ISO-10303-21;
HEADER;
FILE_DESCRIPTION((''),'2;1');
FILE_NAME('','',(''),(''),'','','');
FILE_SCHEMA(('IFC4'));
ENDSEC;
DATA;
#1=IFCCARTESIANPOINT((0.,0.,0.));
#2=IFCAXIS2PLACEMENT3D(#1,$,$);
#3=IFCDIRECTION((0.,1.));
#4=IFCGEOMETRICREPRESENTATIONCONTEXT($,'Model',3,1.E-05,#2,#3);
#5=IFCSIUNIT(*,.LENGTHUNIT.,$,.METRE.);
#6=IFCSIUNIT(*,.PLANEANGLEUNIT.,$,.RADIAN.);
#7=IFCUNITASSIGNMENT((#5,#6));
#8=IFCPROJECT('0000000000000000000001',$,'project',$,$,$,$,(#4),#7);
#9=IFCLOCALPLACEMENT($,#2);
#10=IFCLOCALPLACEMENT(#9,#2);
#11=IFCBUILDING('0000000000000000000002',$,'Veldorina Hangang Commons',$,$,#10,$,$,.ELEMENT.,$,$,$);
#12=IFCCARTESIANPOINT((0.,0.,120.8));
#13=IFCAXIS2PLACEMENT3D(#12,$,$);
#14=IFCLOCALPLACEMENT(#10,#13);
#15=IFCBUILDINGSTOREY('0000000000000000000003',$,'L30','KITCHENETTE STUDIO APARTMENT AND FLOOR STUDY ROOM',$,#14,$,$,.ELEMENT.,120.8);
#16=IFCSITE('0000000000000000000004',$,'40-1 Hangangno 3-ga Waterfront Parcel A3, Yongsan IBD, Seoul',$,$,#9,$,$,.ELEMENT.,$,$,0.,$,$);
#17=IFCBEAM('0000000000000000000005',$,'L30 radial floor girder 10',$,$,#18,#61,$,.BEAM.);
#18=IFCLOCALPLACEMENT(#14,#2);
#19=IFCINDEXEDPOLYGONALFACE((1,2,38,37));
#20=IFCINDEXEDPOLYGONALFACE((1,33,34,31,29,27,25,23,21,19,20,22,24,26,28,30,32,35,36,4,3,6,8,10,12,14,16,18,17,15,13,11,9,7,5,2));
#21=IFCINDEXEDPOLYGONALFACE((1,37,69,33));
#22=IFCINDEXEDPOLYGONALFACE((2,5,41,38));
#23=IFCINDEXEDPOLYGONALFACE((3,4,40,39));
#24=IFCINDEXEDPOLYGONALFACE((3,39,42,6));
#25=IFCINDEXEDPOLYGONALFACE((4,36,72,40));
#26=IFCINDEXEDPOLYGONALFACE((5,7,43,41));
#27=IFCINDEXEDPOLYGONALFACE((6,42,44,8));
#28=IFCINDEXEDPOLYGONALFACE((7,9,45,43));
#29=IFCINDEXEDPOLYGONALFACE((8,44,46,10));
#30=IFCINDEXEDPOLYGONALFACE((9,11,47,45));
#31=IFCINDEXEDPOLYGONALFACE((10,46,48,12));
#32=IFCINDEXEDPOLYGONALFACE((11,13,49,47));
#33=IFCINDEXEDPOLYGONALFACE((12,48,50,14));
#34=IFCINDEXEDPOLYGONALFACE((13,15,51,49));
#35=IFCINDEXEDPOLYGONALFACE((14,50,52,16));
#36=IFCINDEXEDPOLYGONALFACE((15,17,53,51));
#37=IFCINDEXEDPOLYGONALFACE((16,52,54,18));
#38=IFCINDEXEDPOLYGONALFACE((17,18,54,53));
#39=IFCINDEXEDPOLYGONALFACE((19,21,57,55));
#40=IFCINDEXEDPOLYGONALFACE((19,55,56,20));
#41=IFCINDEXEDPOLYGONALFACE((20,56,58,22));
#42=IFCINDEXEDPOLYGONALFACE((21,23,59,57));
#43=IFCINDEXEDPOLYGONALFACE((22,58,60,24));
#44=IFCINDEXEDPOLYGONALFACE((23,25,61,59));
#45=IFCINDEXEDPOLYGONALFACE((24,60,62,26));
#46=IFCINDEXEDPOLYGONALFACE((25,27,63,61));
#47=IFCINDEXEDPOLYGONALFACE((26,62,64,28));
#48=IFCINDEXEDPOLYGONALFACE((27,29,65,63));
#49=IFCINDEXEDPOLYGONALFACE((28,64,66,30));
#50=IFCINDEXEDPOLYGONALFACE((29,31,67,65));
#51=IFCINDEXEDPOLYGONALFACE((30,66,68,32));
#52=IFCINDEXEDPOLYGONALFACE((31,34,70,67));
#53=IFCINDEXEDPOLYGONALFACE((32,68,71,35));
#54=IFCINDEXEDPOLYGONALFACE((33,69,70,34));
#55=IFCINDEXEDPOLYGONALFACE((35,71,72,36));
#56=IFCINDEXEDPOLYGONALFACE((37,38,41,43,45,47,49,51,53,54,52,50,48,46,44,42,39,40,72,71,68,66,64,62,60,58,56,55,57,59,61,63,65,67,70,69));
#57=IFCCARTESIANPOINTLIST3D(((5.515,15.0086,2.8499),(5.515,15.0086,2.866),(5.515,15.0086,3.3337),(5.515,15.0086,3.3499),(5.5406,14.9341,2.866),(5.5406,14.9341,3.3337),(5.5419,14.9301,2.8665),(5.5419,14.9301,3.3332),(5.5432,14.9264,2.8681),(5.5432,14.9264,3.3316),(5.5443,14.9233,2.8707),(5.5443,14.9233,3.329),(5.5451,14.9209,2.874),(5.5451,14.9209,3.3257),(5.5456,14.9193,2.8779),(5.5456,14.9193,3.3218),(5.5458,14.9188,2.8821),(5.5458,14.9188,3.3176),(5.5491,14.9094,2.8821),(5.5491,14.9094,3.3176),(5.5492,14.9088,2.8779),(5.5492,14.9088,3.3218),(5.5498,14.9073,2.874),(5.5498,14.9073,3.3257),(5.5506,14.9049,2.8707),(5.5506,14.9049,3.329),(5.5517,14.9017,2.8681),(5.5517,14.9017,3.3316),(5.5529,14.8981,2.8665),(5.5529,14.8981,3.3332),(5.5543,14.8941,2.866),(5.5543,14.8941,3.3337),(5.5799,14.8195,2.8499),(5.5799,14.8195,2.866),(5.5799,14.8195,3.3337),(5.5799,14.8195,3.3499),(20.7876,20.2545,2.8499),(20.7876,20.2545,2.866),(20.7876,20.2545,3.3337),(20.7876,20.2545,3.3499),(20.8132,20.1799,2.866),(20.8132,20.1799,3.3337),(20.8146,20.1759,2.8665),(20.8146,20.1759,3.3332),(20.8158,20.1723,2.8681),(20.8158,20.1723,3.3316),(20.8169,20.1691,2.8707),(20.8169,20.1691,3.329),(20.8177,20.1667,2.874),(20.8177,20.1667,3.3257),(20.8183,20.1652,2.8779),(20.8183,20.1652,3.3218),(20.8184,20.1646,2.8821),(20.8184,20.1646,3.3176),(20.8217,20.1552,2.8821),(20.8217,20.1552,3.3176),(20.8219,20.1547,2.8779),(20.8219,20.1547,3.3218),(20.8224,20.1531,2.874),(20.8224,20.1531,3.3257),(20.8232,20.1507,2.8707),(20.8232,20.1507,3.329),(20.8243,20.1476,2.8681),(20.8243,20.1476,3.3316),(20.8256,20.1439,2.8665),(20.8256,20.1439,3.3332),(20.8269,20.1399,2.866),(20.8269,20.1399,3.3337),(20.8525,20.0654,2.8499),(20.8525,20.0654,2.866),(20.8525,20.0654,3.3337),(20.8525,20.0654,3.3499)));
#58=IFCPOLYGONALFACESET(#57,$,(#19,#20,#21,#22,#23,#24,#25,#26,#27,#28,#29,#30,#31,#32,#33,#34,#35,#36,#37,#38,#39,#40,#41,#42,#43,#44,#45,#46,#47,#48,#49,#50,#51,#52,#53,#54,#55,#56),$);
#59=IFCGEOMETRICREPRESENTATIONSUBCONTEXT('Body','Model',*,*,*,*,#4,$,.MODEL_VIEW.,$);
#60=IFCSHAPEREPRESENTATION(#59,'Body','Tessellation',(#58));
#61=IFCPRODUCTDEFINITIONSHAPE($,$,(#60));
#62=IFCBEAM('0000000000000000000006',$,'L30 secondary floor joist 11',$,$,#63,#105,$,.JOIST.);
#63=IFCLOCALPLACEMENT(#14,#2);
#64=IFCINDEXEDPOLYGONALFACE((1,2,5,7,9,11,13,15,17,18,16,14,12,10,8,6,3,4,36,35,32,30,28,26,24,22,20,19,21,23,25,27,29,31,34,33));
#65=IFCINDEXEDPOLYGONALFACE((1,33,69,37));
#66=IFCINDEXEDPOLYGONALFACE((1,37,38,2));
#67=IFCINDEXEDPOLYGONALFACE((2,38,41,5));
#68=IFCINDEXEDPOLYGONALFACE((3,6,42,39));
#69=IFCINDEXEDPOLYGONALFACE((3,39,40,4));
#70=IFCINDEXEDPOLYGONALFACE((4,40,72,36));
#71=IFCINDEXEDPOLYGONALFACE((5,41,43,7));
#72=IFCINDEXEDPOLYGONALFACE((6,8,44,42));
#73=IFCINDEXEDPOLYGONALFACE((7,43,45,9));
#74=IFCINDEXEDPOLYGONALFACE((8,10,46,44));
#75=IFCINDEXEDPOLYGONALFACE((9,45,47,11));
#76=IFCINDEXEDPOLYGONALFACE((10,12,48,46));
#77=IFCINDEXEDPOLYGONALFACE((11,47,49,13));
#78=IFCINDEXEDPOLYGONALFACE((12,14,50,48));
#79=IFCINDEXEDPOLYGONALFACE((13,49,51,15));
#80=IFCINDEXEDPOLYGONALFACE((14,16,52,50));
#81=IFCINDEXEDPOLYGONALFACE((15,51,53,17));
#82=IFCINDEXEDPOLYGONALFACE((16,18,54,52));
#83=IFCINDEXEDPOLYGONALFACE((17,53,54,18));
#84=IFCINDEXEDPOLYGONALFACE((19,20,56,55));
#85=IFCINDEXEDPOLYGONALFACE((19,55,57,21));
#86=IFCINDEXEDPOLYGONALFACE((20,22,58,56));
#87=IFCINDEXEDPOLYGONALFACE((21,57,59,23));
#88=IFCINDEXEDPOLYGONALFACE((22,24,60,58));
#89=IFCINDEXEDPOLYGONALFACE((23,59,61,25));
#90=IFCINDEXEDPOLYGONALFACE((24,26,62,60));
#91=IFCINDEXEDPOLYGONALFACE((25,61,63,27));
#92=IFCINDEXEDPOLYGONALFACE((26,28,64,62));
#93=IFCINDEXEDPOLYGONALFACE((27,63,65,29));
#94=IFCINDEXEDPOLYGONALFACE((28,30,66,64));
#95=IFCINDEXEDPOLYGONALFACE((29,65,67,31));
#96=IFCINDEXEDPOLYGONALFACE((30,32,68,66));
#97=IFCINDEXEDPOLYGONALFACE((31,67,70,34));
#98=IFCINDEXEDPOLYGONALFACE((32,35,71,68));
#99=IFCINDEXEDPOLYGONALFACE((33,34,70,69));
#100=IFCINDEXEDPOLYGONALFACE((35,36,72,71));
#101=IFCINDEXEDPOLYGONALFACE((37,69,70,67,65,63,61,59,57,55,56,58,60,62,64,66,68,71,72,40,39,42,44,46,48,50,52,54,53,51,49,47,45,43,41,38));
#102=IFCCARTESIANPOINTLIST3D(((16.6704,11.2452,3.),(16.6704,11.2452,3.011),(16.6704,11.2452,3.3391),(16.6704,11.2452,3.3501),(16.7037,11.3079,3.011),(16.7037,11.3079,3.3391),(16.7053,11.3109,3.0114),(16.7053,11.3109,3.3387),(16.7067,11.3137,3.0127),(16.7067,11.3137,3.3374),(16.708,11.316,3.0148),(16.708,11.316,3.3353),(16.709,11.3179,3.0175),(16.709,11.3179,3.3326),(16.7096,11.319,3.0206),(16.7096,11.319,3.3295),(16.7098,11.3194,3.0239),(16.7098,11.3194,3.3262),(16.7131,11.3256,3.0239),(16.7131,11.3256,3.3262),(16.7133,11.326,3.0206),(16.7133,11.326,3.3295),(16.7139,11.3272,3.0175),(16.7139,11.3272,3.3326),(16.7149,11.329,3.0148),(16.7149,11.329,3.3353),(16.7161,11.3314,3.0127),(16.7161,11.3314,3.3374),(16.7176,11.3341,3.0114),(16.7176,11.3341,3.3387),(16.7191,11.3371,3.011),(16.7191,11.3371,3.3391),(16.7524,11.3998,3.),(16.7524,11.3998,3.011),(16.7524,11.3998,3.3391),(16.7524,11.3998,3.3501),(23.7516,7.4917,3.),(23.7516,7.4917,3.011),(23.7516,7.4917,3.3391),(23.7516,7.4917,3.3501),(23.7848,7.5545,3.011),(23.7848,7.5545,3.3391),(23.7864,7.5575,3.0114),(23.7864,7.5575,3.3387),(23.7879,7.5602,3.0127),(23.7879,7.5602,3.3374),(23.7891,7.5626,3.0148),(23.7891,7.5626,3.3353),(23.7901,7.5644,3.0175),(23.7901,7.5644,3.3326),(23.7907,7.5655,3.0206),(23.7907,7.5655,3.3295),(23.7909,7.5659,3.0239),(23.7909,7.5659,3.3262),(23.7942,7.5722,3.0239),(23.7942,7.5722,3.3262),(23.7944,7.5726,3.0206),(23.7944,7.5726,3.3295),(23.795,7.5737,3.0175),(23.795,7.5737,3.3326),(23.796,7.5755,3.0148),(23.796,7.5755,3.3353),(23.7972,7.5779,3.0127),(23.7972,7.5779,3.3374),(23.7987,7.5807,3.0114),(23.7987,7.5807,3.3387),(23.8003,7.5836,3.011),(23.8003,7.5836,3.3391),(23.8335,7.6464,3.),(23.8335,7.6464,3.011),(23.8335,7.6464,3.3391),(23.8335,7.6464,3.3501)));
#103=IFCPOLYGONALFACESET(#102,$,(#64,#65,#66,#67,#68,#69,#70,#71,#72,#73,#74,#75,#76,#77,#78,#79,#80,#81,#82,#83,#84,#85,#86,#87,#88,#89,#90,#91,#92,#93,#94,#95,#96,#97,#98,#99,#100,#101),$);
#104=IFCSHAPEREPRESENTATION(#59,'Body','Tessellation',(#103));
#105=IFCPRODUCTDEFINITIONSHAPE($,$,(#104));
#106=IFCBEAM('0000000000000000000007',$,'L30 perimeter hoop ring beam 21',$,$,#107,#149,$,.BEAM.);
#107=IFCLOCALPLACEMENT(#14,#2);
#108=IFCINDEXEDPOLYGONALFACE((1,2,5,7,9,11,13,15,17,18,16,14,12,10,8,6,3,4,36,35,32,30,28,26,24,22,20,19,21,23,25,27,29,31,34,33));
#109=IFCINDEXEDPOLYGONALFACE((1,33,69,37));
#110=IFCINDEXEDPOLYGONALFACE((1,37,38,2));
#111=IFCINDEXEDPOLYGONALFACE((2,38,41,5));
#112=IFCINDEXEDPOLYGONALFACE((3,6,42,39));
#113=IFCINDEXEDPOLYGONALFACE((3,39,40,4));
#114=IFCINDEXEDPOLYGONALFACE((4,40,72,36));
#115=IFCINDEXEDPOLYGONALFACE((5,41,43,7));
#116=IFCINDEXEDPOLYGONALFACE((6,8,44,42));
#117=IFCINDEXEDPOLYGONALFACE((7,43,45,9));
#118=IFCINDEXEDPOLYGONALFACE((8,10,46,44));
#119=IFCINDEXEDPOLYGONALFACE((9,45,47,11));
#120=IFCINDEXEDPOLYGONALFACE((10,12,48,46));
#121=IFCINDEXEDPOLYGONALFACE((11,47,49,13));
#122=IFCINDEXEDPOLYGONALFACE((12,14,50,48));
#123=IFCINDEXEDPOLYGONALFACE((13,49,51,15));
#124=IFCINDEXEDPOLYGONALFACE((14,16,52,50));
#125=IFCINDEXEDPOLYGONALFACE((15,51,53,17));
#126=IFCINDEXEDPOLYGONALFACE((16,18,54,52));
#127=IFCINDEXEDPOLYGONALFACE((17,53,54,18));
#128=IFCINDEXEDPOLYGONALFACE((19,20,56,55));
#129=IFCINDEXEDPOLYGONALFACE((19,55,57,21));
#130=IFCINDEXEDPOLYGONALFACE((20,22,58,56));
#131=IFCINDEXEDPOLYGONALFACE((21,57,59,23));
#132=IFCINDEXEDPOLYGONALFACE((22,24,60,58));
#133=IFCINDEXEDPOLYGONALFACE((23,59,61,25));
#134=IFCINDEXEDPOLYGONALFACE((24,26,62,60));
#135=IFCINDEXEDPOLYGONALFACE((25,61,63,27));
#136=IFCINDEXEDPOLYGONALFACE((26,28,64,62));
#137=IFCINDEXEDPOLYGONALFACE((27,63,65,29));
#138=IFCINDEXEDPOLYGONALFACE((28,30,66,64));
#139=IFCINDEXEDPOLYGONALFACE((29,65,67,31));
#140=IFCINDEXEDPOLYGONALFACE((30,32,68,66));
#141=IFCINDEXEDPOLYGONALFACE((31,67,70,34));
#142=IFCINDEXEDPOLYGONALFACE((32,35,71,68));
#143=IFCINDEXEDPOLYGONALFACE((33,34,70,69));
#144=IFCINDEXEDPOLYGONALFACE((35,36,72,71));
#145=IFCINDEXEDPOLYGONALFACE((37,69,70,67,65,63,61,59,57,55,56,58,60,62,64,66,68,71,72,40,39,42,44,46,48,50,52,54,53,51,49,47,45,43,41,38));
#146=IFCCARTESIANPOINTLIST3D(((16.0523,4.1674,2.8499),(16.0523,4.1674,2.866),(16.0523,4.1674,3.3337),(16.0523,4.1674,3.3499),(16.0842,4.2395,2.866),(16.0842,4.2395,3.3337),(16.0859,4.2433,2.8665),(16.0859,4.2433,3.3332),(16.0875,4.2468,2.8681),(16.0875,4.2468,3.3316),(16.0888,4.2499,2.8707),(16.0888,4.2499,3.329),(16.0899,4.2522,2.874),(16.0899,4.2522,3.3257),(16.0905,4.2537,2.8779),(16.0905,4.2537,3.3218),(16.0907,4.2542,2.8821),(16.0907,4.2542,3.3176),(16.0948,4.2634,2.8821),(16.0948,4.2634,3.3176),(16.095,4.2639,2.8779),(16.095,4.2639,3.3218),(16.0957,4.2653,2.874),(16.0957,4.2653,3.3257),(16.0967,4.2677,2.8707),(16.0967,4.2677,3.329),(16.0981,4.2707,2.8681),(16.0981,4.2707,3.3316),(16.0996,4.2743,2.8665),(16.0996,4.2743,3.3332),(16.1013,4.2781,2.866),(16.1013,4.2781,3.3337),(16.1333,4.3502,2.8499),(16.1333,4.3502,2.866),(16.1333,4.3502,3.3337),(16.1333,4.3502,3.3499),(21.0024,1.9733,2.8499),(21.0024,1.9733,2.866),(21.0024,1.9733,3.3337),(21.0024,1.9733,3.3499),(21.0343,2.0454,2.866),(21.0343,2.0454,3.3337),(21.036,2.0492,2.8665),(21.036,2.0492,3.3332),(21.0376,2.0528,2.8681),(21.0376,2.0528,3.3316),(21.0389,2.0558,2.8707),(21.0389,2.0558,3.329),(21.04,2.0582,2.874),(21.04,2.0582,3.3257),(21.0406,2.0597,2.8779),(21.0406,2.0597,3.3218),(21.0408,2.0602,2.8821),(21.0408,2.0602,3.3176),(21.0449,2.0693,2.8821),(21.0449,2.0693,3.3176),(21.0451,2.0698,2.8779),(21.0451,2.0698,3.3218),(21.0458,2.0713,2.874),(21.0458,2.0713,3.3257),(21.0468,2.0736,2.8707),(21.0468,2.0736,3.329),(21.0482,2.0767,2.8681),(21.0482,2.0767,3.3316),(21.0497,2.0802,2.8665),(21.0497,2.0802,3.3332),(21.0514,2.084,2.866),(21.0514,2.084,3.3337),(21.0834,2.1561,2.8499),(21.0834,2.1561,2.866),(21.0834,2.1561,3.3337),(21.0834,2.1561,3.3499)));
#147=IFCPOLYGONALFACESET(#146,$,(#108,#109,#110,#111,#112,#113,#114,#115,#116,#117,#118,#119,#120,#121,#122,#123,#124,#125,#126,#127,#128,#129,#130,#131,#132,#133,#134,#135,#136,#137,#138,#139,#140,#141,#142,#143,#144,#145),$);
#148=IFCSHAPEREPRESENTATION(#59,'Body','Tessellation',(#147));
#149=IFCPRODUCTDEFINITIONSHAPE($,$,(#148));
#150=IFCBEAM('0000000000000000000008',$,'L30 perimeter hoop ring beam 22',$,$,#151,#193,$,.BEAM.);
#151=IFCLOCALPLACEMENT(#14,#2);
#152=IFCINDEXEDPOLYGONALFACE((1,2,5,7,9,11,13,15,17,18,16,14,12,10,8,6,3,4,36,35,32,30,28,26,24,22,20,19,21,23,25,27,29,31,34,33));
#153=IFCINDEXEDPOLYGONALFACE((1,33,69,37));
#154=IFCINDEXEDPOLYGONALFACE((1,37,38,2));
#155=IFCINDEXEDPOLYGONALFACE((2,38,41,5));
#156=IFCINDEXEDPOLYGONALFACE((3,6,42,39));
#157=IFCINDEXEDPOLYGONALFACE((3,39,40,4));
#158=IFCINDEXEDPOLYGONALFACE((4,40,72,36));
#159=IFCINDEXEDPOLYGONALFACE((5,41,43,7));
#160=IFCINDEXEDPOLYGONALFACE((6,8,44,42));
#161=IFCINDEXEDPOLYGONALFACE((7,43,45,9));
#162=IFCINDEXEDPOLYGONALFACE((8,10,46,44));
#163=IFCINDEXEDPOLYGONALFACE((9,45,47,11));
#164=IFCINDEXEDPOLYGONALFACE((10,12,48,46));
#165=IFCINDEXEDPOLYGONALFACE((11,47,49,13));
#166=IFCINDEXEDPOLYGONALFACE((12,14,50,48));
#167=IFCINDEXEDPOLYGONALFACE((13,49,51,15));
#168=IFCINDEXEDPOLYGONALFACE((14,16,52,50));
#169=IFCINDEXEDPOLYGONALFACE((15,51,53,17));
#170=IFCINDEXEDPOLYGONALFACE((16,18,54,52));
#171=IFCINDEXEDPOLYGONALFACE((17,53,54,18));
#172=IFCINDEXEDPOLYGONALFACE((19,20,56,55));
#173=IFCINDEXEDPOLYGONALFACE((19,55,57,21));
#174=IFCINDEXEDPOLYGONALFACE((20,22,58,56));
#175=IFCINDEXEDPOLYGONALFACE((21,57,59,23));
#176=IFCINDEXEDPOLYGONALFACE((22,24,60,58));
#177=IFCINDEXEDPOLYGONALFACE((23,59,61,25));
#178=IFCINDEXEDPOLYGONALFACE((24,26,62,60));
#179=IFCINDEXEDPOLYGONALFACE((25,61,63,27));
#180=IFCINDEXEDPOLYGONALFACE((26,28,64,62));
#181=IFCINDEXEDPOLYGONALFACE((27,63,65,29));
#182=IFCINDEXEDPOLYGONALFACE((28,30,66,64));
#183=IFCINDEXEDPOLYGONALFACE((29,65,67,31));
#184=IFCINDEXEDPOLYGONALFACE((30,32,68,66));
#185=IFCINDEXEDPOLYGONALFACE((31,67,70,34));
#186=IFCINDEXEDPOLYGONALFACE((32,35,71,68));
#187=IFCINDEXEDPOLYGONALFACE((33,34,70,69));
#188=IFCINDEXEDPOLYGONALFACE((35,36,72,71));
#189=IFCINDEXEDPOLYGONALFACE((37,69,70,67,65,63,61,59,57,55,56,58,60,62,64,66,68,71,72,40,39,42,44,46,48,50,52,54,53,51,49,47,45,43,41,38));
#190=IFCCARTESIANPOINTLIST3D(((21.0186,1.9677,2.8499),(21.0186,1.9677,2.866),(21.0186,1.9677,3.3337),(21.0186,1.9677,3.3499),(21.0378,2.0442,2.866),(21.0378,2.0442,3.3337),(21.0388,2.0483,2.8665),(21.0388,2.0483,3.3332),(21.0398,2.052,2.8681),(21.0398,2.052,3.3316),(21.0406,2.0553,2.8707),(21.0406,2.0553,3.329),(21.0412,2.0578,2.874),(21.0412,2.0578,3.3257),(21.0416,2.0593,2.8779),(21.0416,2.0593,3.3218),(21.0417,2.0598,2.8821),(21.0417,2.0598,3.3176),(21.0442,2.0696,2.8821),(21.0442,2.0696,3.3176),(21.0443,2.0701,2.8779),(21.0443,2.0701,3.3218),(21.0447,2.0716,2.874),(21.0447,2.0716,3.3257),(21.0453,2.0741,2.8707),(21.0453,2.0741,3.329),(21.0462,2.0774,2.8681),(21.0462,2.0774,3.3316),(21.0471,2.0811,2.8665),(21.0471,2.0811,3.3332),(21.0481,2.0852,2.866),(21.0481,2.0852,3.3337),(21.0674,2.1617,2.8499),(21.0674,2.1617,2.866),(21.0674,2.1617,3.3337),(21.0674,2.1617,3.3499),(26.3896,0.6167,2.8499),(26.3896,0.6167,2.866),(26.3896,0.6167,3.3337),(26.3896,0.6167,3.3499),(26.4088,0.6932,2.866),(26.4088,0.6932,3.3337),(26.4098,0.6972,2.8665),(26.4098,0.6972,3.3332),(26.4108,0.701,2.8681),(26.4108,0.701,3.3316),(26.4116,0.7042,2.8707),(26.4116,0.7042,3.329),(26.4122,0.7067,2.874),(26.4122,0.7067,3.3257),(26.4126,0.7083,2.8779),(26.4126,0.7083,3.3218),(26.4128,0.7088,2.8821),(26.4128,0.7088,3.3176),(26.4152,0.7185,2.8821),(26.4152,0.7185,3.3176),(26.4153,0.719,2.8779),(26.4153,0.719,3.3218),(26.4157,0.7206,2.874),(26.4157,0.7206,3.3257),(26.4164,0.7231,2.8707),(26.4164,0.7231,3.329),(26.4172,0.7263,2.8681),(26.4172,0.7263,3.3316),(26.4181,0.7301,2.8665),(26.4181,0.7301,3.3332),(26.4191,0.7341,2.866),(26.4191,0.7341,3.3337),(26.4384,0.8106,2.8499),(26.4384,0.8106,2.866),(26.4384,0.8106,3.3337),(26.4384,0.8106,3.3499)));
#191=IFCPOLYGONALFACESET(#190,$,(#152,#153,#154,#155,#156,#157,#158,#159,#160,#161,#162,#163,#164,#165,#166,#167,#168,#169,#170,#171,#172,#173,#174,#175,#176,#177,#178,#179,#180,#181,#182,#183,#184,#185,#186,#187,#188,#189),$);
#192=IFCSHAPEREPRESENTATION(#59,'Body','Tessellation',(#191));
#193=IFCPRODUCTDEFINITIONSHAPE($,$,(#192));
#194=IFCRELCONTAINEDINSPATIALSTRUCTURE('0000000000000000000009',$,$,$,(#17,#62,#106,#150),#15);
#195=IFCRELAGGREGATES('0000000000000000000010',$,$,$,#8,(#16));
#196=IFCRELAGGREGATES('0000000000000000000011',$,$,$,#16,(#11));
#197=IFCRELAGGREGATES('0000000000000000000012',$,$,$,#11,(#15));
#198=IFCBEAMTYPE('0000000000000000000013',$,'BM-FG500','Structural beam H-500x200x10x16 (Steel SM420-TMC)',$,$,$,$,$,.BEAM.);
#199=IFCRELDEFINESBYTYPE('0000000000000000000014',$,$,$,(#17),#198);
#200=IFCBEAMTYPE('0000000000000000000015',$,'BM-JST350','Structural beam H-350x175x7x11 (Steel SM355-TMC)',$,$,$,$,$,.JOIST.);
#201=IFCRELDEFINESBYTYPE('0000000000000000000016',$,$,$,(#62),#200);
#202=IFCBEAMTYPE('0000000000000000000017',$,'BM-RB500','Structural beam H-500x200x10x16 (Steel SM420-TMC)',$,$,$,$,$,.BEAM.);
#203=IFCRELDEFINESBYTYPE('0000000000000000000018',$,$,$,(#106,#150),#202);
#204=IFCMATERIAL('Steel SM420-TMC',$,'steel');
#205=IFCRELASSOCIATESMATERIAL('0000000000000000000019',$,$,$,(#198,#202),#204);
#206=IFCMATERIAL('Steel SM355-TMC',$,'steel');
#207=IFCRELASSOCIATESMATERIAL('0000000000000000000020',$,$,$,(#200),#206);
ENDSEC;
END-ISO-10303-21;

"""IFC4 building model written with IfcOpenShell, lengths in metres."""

from ifc_helpers import new_model, si_unit, direction, frame, origin, origin_2d, place, context, subcontext, project, spatial, i_section, extrude, material, material_profile, profile_set, type_object, element, save


model = new_model("IFC4")

# Units and contexts
model_context = context("Model", 3, precision=1e-05, world=origin(), true_north=direction((0.0, 1.0)))
body_context = subcontext(model_context, "Body", "Model", "MODEL_VIEW")
ifc_project = project(units=[si_unit("LENGTHUNIT", "METRE"), si_unit("PLANEANGLEUNIT", "RADIAN")], contexts=[model_context])

# Site, building, storey
site_placement = place(None, origin())
site = spatial("IfcSite", under=ifc_project, at=site_placement, Name="40-1 Hangangno 3-ga Waterfront Parcel A3, Yongsan IBD, Seoul", CompositionType="ELEMENT", RefElevation=0.0)
building_placement = place(site_placement, origin())
building = spatial("IfcBuilding", under=site, at=building_placement, Name="Veldorina Hangang Commons", CompositionType="ELEMENT")
storey_placement = place(building_placement, frame((0.0, 0.0, 120.8)))
storey = spatial("IfcBuildingStorey", under=building, at=storey_placement, Name="L30", Description="KITCHENETTE STUDIO APARTMENT AND FLOOR STUDY ROOM", CompositionType="ELEMENT", Elevation=120.8)

# Beams
ifc_material_1 = material(Name="Steel SM420-TMC", Category="steel")
ifc_material_profile_1 = material_profile(ifc_material_1, i_section(OverallWidth=0.2, OverallDepth=0.5, WebThickness=0.01, FlangeThickness=0.0161, FilletRadius=0.0161, at=origin_2d()), Name="H-500x200x10x16")
ifc_profile_set_1 = profile_set([ifc_material_profile_1], Name="Steel SM420-TMC")
beam_type_1 = type_object("IfcBeamType", Name="BM-FG500", Description="Structural beam H-500x200x10x16 (Steel SM420-TMC)", PredefinedType="BEAM", material=ifc_profile_set_1)
beam_1_placement = place(storey_placement, frame((20.8201, 20.1599, 3.0999), z_axis=(-0.945765, -0.32485, 0.0), x_axis=(0.32485, -0.945765, 0.0)))
element("IfcBeam", 1, at=beam_1_placement, inside=storey, type_object=beam_type_1, Name="L30 radial floor girder 10", PredefinedType="BEAM", context=body_context, shape_type="SweptSolid", body=[
    extrude(i_section(OverallWidth=0.2, OverallDepth=0.5, WebThickness=0.01, FlangeThickness=0.0161, FilletRadius=0.0161, at=origin_2d()), origin(), (0.0, 0.0, 1.0), 16.1484),
])
ifc_material_2 = material(Name="Steel SM355-TMC", Category="steel")
ifc_material_profile_2 = material_profile(ifc_material_2, i_section(OverallWidth=0.175, OverallDepth=0.3501, WebThickness=0.0071, FlangeThickness=0.011, FilletRadius=0.0129, at=origin_2d()), Name="H-350x175x7x11")
ifc_profile_set_2 = profile_set([ifc_material_profile_2], Name="Steel SM355-TMC")
beam_type_2 = type_object("IfcBeamType", Name="BM-JST350", Description="Structural beam H-350x175x7x11 (Steel SM355-TMC)", PredefinedType="JOIST", material=ifc_profile_set_2)
beam_2_placement = place(storey_placement, frame((16.7114, 11.3225, 3.175), z_axis=(0.883549, -0.468338, 0.0), x_axis=(0.468338, 0.883549, 0.0)))
element("IfcBeam", 2, at=beam_2_placement, inside=storey, type_object=beam_type_2, Name="L30 secondary floor joist 11", PredefinedType="JOIST", context=body_context, shape_type="SweptSolid", body=[
    extrude(i_section(OverallWidth=0.175, OverallDepth=0.3501, WebThickness=0.0071, FlangeThickness=0.011, FilletRadius=0.0129, at=origin_2d()), origin(), (0.0, 0.0, 1.0), 8.0144),
])
ifc_material_profile_3 = material_profile(ifc_material_1, i_section(OverallWidth=0.2, OverallDepth=0.5, WebThickness=0.01, FlangeThickness=0.0161, FilletRadius=0.0161, at=origin_2d()), Name="H-500x200x10x16")
ifc_profile_set_3 = profile_set([ifc_material_profile_3], Name="Steel SM420-TMC")
beam_type_3 = type_object("IfcBeamType", Name="BM-RB500", Description="Structural beam H-500x200x10x16 (Steel SM420-TMC)", PredefinedType="BEAM", material=ifc_profile_set_3)
beam_3_placement = place(storey_placement, frame((16.0928, 4.2588, 3.0999), z_axis=(0.914222, -0.405214, 0.0), x_axis=(0.405214, 0.914222, 0.0)))
element("IfcBeam", 3, at=beam_3_placement, inside=storey, type_object=beam_type_3, Name="L30 perimeter hoop ring beam 21", PredefinedType="BEAM", context=body_context, shape_type="SweptSolid", body=[
    extrude(i_section(OverallWidth=0.2, OverallDepth=0.5, WebThickness=0.01, FlangeThickness=0.0161, FilletRadius=0.0161, at=origin_2d()), origin(), (0.0, 0.0, 1.0), 5.4146),
])
beam_4_placement = place(storey_placement, frame((21.043, 2.0647, 3.0999), z_axis=(0.969789, -0.243946, 0.0), x_axis=(0.243946, 0.969789, 0.0)))
element("IfcBeam", 4, at=beam_4_placement, inside=storey, type_object=beam_type_3, Name="L30 perimeter hoop ring beam 22", PredefinedType="BEAM", context=body_context, shape_type="SweptSolid", body=[
    extrude(i_section(OverallWidth=0.2, OverallDepth=0.5, WebThickness=0.01, FlangeThickness=0.0161, FilletRadius=0.0161, at=origin_2d()), origin(), (0.0, 0.0, 1.0), 5.5383),
])

save(model, "model.ifc")
